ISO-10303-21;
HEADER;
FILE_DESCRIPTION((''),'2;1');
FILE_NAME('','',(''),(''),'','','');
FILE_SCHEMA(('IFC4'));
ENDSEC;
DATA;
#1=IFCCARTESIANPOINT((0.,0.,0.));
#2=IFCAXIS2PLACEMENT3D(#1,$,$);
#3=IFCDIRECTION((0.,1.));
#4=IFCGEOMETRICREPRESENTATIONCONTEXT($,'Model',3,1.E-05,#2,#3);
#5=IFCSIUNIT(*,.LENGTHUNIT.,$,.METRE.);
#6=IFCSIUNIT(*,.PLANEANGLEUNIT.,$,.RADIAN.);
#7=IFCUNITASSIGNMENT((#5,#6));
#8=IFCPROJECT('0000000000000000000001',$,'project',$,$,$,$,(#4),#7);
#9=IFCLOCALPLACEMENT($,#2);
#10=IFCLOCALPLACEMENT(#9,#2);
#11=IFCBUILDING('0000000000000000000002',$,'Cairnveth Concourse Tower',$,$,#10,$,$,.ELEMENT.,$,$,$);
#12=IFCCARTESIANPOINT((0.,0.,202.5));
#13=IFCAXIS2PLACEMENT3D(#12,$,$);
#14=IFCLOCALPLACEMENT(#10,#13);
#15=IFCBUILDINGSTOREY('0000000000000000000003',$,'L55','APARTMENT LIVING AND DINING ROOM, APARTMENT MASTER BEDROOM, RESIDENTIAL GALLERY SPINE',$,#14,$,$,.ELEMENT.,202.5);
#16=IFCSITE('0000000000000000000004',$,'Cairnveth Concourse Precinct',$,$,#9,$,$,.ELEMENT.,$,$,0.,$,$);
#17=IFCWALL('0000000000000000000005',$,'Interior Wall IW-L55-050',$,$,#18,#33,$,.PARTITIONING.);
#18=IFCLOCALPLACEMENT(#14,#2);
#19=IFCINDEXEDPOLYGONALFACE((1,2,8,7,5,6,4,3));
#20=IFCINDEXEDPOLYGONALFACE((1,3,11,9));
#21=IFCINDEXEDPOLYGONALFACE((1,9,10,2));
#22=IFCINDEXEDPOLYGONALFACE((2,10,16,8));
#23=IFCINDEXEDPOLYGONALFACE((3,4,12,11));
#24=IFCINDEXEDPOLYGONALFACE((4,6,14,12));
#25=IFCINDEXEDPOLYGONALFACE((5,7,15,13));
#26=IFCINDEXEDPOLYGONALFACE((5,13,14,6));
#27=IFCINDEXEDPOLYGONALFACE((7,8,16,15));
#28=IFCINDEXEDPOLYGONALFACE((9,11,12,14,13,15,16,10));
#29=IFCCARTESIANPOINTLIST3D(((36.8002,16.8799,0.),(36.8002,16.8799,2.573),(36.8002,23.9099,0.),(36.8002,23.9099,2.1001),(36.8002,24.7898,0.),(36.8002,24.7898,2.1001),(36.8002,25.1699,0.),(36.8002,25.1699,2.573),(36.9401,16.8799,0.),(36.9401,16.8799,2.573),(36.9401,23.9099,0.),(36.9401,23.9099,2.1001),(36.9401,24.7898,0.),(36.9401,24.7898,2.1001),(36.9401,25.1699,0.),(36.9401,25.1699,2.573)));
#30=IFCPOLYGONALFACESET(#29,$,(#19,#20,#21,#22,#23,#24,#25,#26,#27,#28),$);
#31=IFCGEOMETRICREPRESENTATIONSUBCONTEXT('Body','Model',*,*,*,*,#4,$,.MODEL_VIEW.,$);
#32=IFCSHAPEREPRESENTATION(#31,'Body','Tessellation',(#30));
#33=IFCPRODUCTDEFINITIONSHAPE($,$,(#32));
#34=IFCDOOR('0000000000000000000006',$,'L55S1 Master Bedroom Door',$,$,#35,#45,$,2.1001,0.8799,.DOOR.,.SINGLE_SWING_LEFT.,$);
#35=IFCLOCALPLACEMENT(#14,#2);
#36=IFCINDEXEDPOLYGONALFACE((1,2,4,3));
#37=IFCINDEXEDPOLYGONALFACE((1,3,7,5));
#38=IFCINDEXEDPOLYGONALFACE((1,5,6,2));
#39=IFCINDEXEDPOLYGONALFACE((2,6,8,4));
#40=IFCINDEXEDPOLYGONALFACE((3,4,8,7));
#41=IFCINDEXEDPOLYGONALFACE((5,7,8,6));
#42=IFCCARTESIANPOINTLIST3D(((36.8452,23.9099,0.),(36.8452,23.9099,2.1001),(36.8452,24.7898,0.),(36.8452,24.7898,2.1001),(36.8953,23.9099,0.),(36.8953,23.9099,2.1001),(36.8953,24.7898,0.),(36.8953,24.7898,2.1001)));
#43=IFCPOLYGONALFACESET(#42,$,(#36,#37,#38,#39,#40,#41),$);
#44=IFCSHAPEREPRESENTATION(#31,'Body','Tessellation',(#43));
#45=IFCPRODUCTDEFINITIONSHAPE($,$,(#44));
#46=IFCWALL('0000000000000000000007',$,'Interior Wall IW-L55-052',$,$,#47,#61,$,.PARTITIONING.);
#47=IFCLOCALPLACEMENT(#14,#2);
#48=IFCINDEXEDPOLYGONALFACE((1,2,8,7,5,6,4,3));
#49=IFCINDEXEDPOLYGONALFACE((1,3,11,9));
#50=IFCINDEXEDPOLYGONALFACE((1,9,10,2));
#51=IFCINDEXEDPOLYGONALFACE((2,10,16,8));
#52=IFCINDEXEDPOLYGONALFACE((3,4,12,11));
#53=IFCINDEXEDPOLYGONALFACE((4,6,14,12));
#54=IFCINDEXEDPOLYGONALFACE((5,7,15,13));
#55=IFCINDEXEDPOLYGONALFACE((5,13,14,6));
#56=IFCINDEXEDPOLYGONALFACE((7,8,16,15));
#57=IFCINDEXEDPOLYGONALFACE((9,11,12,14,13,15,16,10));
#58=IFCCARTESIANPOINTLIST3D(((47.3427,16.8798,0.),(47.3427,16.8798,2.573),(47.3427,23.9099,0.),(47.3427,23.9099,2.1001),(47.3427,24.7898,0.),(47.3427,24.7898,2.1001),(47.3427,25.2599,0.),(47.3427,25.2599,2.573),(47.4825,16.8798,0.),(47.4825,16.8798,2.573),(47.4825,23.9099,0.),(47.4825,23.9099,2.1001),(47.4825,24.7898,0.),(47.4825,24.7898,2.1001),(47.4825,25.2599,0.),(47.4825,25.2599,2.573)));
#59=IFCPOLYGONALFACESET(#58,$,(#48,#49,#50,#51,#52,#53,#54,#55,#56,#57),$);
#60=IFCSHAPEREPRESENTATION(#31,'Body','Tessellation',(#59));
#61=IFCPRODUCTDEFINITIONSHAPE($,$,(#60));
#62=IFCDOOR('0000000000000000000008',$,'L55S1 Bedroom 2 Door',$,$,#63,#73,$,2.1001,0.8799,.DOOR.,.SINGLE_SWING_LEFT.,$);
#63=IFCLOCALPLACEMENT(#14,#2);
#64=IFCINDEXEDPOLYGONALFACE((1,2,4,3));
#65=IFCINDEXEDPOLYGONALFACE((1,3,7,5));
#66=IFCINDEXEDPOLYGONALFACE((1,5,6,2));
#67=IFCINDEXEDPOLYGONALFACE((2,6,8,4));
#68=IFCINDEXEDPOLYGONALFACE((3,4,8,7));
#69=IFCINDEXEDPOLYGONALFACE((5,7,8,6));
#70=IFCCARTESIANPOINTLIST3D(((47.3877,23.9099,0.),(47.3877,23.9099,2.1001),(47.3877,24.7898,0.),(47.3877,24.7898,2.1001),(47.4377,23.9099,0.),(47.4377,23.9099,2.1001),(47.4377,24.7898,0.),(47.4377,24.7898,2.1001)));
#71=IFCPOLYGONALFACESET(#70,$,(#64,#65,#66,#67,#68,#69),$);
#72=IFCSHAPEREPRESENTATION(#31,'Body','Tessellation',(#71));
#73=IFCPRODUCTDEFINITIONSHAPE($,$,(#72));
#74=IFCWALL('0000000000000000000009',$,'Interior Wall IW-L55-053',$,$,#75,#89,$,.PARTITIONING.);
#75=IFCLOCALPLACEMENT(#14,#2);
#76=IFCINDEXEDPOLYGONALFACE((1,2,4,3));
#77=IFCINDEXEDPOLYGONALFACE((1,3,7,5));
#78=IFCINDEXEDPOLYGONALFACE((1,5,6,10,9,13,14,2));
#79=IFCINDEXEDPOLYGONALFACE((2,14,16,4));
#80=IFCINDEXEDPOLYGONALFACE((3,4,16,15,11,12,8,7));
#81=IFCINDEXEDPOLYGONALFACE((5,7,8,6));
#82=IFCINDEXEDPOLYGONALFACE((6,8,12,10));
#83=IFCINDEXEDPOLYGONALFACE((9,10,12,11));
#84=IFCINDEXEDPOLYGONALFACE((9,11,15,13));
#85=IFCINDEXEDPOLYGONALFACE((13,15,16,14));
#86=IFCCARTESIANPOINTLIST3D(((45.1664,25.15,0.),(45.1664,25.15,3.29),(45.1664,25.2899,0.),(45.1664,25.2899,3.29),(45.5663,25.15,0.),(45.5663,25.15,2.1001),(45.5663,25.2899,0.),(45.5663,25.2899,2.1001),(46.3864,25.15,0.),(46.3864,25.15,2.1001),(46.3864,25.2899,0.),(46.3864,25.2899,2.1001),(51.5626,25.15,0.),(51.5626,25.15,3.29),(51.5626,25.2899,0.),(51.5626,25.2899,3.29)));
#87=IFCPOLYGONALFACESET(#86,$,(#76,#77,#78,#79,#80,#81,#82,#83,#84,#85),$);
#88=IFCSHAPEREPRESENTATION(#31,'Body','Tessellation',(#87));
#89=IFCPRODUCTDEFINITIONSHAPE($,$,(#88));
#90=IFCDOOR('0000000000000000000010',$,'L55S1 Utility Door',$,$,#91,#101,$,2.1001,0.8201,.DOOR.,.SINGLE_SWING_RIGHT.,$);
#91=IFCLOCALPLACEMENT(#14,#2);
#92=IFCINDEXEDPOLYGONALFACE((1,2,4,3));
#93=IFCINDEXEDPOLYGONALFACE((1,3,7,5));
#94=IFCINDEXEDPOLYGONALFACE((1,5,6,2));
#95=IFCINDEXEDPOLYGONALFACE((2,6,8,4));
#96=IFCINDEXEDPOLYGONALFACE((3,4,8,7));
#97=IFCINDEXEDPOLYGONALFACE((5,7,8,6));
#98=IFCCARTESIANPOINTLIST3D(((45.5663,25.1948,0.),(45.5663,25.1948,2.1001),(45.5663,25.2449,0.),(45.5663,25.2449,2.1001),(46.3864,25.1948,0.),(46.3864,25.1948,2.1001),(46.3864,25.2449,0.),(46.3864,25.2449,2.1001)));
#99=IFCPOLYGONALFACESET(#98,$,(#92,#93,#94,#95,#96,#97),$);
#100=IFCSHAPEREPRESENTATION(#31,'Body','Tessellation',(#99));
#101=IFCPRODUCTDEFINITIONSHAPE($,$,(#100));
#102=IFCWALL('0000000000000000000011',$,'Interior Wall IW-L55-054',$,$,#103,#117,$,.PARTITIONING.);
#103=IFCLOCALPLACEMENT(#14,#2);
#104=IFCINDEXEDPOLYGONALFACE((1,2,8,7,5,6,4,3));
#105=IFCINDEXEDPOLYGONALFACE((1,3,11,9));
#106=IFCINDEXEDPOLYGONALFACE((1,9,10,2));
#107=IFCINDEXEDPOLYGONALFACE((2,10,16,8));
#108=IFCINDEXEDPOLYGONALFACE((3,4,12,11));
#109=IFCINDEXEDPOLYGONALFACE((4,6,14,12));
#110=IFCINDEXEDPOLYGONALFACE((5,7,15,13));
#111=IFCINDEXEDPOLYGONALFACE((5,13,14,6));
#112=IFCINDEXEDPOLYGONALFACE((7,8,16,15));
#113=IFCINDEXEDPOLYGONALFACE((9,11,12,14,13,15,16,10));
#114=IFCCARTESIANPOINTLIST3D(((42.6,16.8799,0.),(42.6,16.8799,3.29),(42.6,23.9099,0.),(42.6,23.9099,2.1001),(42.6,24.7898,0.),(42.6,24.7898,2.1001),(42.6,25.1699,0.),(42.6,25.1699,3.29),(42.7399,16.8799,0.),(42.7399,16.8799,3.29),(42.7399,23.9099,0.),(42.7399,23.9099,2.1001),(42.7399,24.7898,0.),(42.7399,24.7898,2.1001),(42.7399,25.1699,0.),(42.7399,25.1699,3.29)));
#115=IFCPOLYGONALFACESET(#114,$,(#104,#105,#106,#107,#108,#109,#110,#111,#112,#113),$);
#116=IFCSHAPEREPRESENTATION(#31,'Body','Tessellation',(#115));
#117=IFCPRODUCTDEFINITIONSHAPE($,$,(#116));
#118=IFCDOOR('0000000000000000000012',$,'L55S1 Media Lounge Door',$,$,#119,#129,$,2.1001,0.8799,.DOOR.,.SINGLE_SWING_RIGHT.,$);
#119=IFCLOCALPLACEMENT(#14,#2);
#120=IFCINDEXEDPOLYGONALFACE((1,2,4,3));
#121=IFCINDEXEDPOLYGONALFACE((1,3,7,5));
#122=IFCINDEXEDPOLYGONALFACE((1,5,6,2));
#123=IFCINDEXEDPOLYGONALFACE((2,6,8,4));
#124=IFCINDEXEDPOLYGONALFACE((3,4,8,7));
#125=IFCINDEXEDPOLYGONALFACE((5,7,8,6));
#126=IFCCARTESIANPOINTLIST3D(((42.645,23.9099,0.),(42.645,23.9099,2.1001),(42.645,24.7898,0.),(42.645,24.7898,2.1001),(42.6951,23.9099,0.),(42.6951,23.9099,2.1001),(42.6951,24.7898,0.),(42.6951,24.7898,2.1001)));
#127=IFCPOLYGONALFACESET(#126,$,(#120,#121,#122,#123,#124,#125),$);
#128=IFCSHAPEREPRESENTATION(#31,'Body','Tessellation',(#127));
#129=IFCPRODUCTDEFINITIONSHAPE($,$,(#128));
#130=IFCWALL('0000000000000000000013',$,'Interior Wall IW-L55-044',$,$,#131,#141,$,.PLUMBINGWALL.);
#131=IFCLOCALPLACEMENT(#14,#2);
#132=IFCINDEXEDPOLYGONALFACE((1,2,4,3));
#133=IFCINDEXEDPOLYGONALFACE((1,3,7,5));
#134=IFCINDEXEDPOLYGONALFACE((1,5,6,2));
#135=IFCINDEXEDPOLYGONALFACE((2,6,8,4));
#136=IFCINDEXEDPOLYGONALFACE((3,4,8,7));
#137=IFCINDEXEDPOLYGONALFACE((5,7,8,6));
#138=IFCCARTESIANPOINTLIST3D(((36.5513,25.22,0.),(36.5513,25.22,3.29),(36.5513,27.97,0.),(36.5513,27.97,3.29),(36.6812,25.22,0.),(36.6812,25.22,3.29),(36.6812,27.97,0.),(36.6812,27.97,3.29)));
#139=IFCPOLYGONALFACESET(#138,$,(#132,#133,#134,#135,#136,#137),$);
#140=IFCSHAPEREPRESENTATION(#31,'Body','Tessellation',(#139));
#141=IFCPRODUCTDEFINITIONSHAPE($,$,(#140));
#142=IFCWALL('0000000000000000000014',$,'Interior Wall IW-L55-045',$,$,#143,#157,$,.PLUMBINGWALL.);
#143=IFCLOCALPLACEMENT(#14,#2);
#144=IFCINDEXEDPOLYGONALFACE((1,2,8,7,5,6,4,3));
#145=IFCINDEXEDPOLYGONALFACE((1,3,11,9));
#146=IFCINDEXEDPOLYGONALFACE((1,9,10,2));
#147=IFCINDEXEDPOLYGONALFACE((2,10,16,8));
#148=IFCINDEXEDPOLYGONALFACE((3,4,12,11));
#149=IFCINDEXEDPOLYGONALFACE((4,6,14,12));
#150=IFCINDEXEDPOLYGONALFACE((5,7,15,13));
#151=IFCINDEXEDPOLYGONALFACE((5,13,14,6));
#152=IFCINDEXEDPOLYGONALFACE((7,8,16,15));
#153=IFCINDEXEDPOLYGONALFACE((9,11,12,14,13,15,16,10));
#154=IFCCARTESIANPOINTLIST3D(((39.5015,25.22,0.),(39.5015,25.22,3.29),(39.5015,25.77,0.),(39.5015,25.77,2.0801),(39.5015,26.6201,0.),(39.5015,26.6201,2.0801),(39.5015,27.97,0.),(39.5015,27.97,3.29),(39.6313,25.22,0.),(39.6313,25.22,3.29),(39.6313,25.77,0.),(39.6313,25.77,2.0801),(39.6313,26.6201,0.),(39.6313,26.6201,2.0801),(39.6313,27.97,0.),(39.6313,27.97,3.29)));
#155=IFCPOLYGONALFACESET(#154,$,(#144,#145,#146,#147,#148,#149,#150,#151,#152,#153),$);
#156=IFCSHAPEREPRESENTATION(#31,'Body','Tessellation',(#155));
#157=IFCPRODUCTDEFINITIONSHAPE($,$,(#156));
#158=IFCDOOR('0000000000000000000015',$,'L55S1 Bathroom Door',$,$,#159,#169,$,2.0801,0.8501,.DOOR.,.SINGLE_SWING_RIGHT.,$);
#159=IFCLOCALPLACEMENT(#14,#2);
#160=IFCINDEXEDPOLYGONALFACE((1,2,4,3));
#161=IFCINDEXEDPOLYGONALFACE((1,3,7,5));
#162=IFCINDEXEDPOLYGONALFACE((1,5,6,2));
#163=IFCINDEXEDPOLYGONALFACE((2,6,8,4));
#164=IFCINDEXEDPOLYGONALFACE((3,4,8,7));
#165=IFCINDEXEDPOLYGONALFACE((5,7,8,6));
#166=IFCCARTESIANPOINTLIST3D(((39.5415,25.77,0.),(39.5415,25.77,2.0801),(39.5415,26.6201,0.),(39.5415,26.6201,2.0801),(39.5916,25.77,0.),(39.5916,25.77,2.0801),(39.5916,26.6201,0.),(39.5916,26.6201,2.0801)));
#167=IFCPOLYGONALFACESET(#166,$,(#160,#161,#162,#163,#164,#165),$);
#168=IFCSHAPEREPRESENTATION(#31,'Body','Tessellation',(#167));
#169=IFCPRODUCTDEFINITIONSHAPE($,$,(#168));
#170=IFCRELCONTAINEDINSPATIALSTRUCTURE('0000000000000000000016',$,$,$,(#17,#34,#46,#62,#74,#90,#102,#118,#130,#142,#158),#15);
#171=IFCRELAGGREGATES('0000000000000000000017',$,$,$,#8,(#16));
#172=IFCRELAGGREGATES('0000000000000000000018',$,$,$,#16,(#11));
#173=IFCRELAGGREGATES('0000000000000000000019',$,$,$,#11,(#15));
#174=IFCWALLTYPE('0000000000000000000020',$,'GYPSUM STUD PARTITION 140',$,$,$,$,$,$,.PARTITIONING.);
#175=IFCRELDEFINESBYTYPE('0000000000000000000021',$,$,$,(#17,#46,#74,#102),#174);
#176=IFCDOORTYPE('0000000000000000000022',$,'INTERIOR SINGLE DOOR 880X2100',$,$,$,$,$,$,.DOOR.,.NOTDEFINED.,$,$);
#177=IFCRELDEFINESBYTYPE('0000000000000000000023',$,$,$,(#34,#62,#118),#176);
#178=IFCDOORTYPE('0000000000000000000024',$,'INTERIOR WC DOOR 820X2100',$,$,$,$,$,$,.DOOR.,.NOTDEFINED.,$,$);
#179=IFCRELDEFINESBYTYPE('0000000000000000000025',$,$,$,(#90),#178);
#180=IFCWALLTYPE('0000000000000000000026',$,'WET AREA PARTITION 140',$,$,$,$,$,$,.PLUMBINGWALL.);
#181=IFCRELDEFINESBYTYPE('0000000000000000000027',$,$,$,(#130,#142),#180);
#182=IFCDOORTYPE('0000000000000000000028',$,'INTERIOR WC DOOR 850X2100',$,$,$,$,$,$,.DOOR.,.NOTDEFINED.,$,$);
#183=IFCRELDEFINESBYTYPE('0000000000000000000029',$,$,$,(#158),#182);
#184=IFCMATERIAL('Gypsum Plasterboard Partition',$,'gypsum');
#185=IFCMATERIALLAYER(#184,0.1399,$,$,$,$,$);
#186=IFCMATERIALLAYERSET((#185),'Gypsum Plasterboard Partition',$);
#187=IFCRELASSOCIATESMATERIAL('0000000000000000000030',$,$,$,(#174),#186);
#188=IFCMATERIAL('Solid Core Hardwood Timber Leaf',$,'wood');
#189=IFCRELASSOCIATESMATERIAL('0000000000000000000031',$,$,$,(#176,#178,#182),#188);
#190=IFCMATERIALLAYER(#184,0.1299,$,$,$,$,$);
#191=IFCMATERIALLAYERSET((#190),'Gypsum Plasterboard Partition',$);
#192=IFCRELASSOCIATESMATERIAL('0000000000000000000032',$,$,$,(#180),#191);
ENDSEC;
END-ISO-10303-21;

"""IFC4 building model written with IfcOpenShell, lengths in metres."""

from ifc_helpers import new_model, si_unit, direction, frame, frame_2d, origin, place, context, subcontext, project, spatial, rectangle, extrude, material, layer, layer_set, type_object, element, fill, save


model = new_model("IFC4")

# Units and contexts
model_context = context("Model", 3, precision=1e-05, world=origin(), true_north=direction((0.0, 1.0)))
body_context = subcontext(model_context, "Body", "Model", "MODEL_VIEW")
ifc_project = project(units=[si_unit("LENGTHUNIT", "METRE"), si_unit("PLANEANGLEUNIT", "RADIAN")], contexts=[model_context])

# Site, building, storey
site_placement = place(None, origin())
site = spatial("IfcSite", under=ifc_project, at=site_placement, Name="Cairnveth Concourse Precinct", CompositionType="ELEMENT", RefElevation=0.0)
building_placement = place(site_placement, origin())
building = spatial("IfcBuilding", under=site, at=building_placement, Name="Cairnveth Concourse Tower", CompositionType="ELEMENT")
storey_placement = place(building_placement, frame((0.0, 0.0, 202.5)))
storey = spatial("IfcBuildingStorey", under=building, at=storey_placement, Name="L55", Description="APARTMENT LIVING AND DINING ROOM, APARTMENT MASTER BEDROOM, RESIDENTIAL GALLERY SPINE", CompositionType="ELEMENT", Elevation=202.5)

# Walls, openings, doors
ifc_material_1 = material(Name="Gypsum Plasterboard Partition", Category="gypsum")
ifc_material_2 = material(Name="Solid Core Hardwood Timber Leaf", Category="wood")
ifc_layer_1 = layer(ifc_material_1, 0.1399)
ifc_layer_set_1 = layer_set([ifc_layer_1], Name="Gypsum Plasterboard Partition")
wall_type_1 = type_object("IfcWallType", Name="GYPSUM STUD PARTITION 140", PredefinedType="PARTITIONING", material=ifc_layer_set_1)
wall_1_placement = place(storey_placement, frame((36.8701, 16.8799, 0.0), z_axis=(0.0, 0.0, 1.0), x_axis=(0.0, 1.0, 0.0)))
wall_1 = element("IfcWall", 1, at=wall_1_placement, inside=storey, type_object=wall_type_1, Name="Interior Wall IW-L55-050", PredefinedType="PARTITIONING", context=body_context, shape_type="SweptSolid", body=[
    extrude(rectangle(XDim=8.29, YDim=0.1399, at=frame_2d((4.145, 0.0))), origin(), (0.0, 0.0, 1.0), 2.573),
])
opening_1_placement = place(wall_1_placement, frame((7.03, 0.0, 0.0)))
opening_1 = element("IfcOpeningElement", 2, at=opening_1_placement, cuts=wall_1, PredefinedType="OPENING", context=body_context, shape_type="SweptSolid", body=[
    extrude(rectangle(XDim=0.8799, YDim=2.1001, at=frame_2d((0.4399, 1.05))), frame((0.0, 0.0798, 0.0), z_axis=(0.0, -1.0, 0.0), x_axis=(1.0, 0.0, 0.0)), (0.0, 0.0, 1.0), 0.1599),
])
door_type_1 = type_object("IfcDoorType", Name="INTERIOR SINGLE DOOR 880X2100", OperationType="NOTDEFINED", PredefinedType="DOOR", material=ifc_material_2)
door_1_placement = place(opening_1_placement, origin())
door_1 = element("IfcDoor", 3, at=door_1_placement, inside=storey, type_object=door_type_1, Name="L55S1 Master Bedroom Door", OperationType="SINGLE_SWING_LEFT", OverallHeight=2.1001, OverallWidth=0.8799, PredefinedType="DOOR", context=body_context, shape_type="SweptSolid", body=[
    extrude(rectangle(XDim=0.8799, YDim=2.1001, at=frame_2d((0.4399, 1.05))), frame((0.0, 0.0249, 0.0), z_axis=(0.0, -1.0, 0.0), x_axis=(1.0, 0.0, 0.0)), (0.0, 0.0, 1.0), 0.05),
])
fill(opening_1, door_1)
wall_2_placement = place(storey_placement, frame((47.4126, 16.8799, 0.0), z_axis=(0.0, 0.0, 1.0), x_axis=(0.0, 1.0, 0.0)))
wall_2 = element("IfcWall", 4, at=wall_2_placement, inside=storey, type_object=wall_type_1, Name="Interior Wall IW-L55-052", PredefinedType="PARTITIONING", context=body_context, shape_type="SweptSolid", body=[
    extrude(rectangle(XDim=8.3801, YDim=0.1399, at=frame_2d((4.1899, 0.0))), origin(), (0.0, 0.0, 1.0), 2.573),
])
opening_2_placement = place(wall_2_placement, frame((7.03, 0.0, 0.0)))
opening_2 = element("IfcOpeningElement", 5, at=opening_2_placement, cuts=wall_2, PredefinedType="OPENING", context=body_context, shape_type="SweptSolid", body=[
    extrude(rectangle(XDim=0.8799, YDim=2.1001, at=frame_2d((0.4399, 1.05))), frame((0.0, 0.0798, 0.0), z_axis=(0.0, -1.0, 0.0), x_axis=(1.0, 0.0, 0.0)), (0.0, 0.0, 1.0), 0.1599),
])
door_2_placement = place(opening_2_placement, origin())
door_2 = element("IfcDoor", 6, at=door_2_placement, inside=storey, type_object=door_type_1, Name="L55S1 Bedroom 2 Door", OperationType="SINGLE_SWING_LEFT", OverallHeight=2.1001, OverallWidth=0.8799, PredefinedType="DOOR", context=body_context, shape_type="SweptSolid", body=[
    extrude(rectangle(XDim=0.8799, YDim=2.1001, at=frame_2d((0.4399, 1.05))), frame((0.0, 0.0249, 0.0), z_axis=(0.0, -1.0, 0.0), x_axis=(1.0, 0.0, 0.0)), (0.0, 0.0, 1.0), 0.05),
])
fill(opening_2, door_2)
wall_3_placement = place(storey_placement, frame((45.1663, 25.22, 0.0), z_axis=(0.0, 0.0, 1.0), x_axis=(1.0, 0.0, 0.0)))
wall_3 = element("IfcWall", 7, at=wall_3_placement, inside=storey, type_object=wall_type_1, Name="Interior Wall IW-L55-053", PredefinedType="PARTITIONING", context=body_context, shape_type="SweptSolid", body=[
    extrude(rectangle(XDim=6.3962, YDim=0.1399, at=frame_2d((3.1982, 0.0))), origin(), (0.0, 0.0, 1.0), 3.29),
])
opening_3_placement = place(wall_3_placement, frame((0.3999, 0.0, 0.0)))
opening_3 = element("IfcOpeningElement", 8, at=opening_3_placement, cuts=wall_3, PredefinedType="OPENING", context=body_context, shape_type="SweptSolid", body=[
    extrude(rectangle(XDim=0.8201, YDim=2.1001, at=frame_2d((0.4102, 1.05))), frame((0.0, 0.0798, 0.0), z_axis=(0.0, -1.0, 0.0), x_axis=(1.0, 0.0, 0.0)), (0.0, 0.0, 1.0), 0.1599),
])
door_type_2 = type_object("IfcDoorType", Name="INTERIOR WC DOOR 820X2100", OperationType="NOTDEFINED", PredefinedType="DOOR", material=ifc_material_2)
door_3_placement = place(opening_3_placement, origin())
door_3 = element("IfcDoor", 9, at=door_3_placement, inside=storey, type_object=door_type_2, Name="L55S1 Utility Door", OperationType="SINGLE_SWING_RIGHT", OverallHeight=2.1001, OverallWidth=0.8201, PredefinedType="DOOR", context=body_context, shape_type="SweptSolid", body=[
    extrude(rectangle(XDim=0.8201, YDim=2.1001, at=frame_2d((0.4102, 1.05))), frame((0.0, 0.0249, 0.0), z_axis=(0.0, -1.0, 0.0), x_axis=(1.0, 0.0, 0.0)), (0.0, 0.0, 1.0), 0.05),
])
fill(opening_3, door_3)
wall_4_placement = place(storey_placement, frame((42.6699, 16.8799, 0.0), z_axis=(0.0, 0.0, 1.0), x_axis=(0.0, 1.0, 0.0)))
wall_4 = element("IfcWall", 10, at=wall_4_placement, inside=storey, type_object=wall_type_1, Name="Interior Wall IW-L55-054", PredefinedType="PARTITIONING", context=body_context, shape_type="SweptSolid", body=[
    extrude(rectangle(XDim=8.29, YDim=0.1399, at=frame_2d((4.145, 0.0))), origin(), (0.0, 0.0, 1.0), 3.29),
])
opening_4_placement = place(wall_4_placement, frame((7.03, 0.0, 0.0)))
opening_4 = element("IfcOpeningElement", 11, at=opening_4_placement, cuts=wall_4, PredefinedType="OPENING", context=body_context, shape_type="SweptSolid", body=[
    extrude(rectangle(XDim=0.8799, YDim=2.1001, at=frame_2d((0.4399, 1.05))), frame((0.0, 0.0798, 0.0), z_axis=(0.0, -1.0, 0.0), x_axis=(1.0, 0.0, 0.0)), (0.0, 0.0, 1.0), 0.1599),
])
door_4_placement = place(opening_4_placement, origin())
door_4 = element("IfcDoor", 12, at=door_4_placement, inside=storey, type_object=door_type_1, Name="L55S1 Media Lounge Door", OperationType="SINGLE_SWING_RIGHT", OverallHeight=2.1001, OverallWidth=0.8799, PredefinedType="DOOR", context=body_context, shape_type="SweptSolid", body=[
    extrude(rectangle(XDim=0.8799, YDim=2.1001, at=frame_2d((0.4399, 1.05))), frame((0.0, 0.0249, 0.0), z_axis=(0.0, -1.0, 0.0), x_axis=(1.0, 0.0, 0.0)), (0.0, 0.0, 1.0), 0.05),
])
fill(opening_4, door_4)

# Wall
ifc_layer_2 = layer(ifc_material_1, 0.1299)
ifc_layer_set_2 = layer_set([ifc_layer_2], Name="Gypsum Plasterboard Partition")
wall_type_2 = type_object("IfcWallType", Name="WET AREA PARTITION 140", PredefinedType="PLUMBINGWALL", material=ifc_layer_set_2)
wall_5_placement = place(storey_placement, frame((36.6162, 25.22, 0.0), z_axis=(0.0, 0.0, 1.0), x_axis=(0.0, 1.0, 0.0)))
element("IfcWall", 13, at=wall_5_placement, inside=storey, type_object=wall_type_2, Name="Interior Wall IW-L55-044", PredefinedType="PLUMBINGWALL", context=body_context, shape_type="SweptSolid", body=[
    extrude(rectangle(XDim=2.75, YDim=0.1299, at=frame_2d((1.375, 0.0))), origin(), (0.0, 0.0, 1.0), 3.29),
])

# Wall, opening, door
wall_6_placement = place(storey_placement, frame((39.5664, 25.22, 0.0), z_axis=(0.0, 0.0, 1.0), x_axis=(0.0, 1.0, 0.0)))
wall_6 = element("IfcWall", 14, at=wall_6_placement, inside=storey, type_object=wall_type_2, Name="Interior Wall IW-L55-045", PredefinedType="PLUMBINGWALL", context=body_context, shape_type="SweptSolid", body=[
    extrude(rectangle(XDim=2.75, YDim=0.1299, at=frame_2d((1.375, 0.0))), origin(), (0.0, 0.0, 1.0), 3.29),
])
opening_5_placement = place(wall_6_placement, frame((0.55, 0.0, 0.0)))
opening_5 = element("IfcOpeningElement", 15, at=opening_5_placement, cuts=wall_6, PredefinedType="OPENING", context=body_context, shape_type="SweptSolid", body=[
    extrude(rectangle(XDim=0.8501, YDim=2.0801, at=frame_2d((0.425, 1.04))), frame((0.0, 0.075, 0.0), z_axis=(0.0, -1.0, 0.0), x_axis=(1.0, 0.0, 0.0)), (0.0, 0.0, 1.0), 0.1499),
])
door_type_3 = type_object("IfcDoorType", Name="INTERIOR WC DOOR 850X2100", OperationType="NOTDEFINED", PredefinedType="DOOR", material=ifc_material_2)
door_5_placement = place(opening_5_placement, origin())
door_5 = element("IfcDoor", 16, at=door_5_placement, inside=storey, type_object=door_type_3, Name="L55S1 Bathroom Door", OperationType="SINGLE_SWING_RIGHT", OverallHeight=2.0801, OverallWidth=0.8501, PredefinedType="DOOR", context=body_context, shape_type="SweptSolid", body=[
    extrude(rectangle(XDim=0.8501, YDim=2.0801, at=frame_2d((0.425, 1.04))), frame((0.0, 0.0249, 0.0), z_axis=(0.0, -1.0, 0.0), x_axis=(1.0, 0.0, 0.0)), (0.0, 0.0, 1.0), 0.05),
])
fill(opening_5, door_5)

save(model, "model.ifc")
